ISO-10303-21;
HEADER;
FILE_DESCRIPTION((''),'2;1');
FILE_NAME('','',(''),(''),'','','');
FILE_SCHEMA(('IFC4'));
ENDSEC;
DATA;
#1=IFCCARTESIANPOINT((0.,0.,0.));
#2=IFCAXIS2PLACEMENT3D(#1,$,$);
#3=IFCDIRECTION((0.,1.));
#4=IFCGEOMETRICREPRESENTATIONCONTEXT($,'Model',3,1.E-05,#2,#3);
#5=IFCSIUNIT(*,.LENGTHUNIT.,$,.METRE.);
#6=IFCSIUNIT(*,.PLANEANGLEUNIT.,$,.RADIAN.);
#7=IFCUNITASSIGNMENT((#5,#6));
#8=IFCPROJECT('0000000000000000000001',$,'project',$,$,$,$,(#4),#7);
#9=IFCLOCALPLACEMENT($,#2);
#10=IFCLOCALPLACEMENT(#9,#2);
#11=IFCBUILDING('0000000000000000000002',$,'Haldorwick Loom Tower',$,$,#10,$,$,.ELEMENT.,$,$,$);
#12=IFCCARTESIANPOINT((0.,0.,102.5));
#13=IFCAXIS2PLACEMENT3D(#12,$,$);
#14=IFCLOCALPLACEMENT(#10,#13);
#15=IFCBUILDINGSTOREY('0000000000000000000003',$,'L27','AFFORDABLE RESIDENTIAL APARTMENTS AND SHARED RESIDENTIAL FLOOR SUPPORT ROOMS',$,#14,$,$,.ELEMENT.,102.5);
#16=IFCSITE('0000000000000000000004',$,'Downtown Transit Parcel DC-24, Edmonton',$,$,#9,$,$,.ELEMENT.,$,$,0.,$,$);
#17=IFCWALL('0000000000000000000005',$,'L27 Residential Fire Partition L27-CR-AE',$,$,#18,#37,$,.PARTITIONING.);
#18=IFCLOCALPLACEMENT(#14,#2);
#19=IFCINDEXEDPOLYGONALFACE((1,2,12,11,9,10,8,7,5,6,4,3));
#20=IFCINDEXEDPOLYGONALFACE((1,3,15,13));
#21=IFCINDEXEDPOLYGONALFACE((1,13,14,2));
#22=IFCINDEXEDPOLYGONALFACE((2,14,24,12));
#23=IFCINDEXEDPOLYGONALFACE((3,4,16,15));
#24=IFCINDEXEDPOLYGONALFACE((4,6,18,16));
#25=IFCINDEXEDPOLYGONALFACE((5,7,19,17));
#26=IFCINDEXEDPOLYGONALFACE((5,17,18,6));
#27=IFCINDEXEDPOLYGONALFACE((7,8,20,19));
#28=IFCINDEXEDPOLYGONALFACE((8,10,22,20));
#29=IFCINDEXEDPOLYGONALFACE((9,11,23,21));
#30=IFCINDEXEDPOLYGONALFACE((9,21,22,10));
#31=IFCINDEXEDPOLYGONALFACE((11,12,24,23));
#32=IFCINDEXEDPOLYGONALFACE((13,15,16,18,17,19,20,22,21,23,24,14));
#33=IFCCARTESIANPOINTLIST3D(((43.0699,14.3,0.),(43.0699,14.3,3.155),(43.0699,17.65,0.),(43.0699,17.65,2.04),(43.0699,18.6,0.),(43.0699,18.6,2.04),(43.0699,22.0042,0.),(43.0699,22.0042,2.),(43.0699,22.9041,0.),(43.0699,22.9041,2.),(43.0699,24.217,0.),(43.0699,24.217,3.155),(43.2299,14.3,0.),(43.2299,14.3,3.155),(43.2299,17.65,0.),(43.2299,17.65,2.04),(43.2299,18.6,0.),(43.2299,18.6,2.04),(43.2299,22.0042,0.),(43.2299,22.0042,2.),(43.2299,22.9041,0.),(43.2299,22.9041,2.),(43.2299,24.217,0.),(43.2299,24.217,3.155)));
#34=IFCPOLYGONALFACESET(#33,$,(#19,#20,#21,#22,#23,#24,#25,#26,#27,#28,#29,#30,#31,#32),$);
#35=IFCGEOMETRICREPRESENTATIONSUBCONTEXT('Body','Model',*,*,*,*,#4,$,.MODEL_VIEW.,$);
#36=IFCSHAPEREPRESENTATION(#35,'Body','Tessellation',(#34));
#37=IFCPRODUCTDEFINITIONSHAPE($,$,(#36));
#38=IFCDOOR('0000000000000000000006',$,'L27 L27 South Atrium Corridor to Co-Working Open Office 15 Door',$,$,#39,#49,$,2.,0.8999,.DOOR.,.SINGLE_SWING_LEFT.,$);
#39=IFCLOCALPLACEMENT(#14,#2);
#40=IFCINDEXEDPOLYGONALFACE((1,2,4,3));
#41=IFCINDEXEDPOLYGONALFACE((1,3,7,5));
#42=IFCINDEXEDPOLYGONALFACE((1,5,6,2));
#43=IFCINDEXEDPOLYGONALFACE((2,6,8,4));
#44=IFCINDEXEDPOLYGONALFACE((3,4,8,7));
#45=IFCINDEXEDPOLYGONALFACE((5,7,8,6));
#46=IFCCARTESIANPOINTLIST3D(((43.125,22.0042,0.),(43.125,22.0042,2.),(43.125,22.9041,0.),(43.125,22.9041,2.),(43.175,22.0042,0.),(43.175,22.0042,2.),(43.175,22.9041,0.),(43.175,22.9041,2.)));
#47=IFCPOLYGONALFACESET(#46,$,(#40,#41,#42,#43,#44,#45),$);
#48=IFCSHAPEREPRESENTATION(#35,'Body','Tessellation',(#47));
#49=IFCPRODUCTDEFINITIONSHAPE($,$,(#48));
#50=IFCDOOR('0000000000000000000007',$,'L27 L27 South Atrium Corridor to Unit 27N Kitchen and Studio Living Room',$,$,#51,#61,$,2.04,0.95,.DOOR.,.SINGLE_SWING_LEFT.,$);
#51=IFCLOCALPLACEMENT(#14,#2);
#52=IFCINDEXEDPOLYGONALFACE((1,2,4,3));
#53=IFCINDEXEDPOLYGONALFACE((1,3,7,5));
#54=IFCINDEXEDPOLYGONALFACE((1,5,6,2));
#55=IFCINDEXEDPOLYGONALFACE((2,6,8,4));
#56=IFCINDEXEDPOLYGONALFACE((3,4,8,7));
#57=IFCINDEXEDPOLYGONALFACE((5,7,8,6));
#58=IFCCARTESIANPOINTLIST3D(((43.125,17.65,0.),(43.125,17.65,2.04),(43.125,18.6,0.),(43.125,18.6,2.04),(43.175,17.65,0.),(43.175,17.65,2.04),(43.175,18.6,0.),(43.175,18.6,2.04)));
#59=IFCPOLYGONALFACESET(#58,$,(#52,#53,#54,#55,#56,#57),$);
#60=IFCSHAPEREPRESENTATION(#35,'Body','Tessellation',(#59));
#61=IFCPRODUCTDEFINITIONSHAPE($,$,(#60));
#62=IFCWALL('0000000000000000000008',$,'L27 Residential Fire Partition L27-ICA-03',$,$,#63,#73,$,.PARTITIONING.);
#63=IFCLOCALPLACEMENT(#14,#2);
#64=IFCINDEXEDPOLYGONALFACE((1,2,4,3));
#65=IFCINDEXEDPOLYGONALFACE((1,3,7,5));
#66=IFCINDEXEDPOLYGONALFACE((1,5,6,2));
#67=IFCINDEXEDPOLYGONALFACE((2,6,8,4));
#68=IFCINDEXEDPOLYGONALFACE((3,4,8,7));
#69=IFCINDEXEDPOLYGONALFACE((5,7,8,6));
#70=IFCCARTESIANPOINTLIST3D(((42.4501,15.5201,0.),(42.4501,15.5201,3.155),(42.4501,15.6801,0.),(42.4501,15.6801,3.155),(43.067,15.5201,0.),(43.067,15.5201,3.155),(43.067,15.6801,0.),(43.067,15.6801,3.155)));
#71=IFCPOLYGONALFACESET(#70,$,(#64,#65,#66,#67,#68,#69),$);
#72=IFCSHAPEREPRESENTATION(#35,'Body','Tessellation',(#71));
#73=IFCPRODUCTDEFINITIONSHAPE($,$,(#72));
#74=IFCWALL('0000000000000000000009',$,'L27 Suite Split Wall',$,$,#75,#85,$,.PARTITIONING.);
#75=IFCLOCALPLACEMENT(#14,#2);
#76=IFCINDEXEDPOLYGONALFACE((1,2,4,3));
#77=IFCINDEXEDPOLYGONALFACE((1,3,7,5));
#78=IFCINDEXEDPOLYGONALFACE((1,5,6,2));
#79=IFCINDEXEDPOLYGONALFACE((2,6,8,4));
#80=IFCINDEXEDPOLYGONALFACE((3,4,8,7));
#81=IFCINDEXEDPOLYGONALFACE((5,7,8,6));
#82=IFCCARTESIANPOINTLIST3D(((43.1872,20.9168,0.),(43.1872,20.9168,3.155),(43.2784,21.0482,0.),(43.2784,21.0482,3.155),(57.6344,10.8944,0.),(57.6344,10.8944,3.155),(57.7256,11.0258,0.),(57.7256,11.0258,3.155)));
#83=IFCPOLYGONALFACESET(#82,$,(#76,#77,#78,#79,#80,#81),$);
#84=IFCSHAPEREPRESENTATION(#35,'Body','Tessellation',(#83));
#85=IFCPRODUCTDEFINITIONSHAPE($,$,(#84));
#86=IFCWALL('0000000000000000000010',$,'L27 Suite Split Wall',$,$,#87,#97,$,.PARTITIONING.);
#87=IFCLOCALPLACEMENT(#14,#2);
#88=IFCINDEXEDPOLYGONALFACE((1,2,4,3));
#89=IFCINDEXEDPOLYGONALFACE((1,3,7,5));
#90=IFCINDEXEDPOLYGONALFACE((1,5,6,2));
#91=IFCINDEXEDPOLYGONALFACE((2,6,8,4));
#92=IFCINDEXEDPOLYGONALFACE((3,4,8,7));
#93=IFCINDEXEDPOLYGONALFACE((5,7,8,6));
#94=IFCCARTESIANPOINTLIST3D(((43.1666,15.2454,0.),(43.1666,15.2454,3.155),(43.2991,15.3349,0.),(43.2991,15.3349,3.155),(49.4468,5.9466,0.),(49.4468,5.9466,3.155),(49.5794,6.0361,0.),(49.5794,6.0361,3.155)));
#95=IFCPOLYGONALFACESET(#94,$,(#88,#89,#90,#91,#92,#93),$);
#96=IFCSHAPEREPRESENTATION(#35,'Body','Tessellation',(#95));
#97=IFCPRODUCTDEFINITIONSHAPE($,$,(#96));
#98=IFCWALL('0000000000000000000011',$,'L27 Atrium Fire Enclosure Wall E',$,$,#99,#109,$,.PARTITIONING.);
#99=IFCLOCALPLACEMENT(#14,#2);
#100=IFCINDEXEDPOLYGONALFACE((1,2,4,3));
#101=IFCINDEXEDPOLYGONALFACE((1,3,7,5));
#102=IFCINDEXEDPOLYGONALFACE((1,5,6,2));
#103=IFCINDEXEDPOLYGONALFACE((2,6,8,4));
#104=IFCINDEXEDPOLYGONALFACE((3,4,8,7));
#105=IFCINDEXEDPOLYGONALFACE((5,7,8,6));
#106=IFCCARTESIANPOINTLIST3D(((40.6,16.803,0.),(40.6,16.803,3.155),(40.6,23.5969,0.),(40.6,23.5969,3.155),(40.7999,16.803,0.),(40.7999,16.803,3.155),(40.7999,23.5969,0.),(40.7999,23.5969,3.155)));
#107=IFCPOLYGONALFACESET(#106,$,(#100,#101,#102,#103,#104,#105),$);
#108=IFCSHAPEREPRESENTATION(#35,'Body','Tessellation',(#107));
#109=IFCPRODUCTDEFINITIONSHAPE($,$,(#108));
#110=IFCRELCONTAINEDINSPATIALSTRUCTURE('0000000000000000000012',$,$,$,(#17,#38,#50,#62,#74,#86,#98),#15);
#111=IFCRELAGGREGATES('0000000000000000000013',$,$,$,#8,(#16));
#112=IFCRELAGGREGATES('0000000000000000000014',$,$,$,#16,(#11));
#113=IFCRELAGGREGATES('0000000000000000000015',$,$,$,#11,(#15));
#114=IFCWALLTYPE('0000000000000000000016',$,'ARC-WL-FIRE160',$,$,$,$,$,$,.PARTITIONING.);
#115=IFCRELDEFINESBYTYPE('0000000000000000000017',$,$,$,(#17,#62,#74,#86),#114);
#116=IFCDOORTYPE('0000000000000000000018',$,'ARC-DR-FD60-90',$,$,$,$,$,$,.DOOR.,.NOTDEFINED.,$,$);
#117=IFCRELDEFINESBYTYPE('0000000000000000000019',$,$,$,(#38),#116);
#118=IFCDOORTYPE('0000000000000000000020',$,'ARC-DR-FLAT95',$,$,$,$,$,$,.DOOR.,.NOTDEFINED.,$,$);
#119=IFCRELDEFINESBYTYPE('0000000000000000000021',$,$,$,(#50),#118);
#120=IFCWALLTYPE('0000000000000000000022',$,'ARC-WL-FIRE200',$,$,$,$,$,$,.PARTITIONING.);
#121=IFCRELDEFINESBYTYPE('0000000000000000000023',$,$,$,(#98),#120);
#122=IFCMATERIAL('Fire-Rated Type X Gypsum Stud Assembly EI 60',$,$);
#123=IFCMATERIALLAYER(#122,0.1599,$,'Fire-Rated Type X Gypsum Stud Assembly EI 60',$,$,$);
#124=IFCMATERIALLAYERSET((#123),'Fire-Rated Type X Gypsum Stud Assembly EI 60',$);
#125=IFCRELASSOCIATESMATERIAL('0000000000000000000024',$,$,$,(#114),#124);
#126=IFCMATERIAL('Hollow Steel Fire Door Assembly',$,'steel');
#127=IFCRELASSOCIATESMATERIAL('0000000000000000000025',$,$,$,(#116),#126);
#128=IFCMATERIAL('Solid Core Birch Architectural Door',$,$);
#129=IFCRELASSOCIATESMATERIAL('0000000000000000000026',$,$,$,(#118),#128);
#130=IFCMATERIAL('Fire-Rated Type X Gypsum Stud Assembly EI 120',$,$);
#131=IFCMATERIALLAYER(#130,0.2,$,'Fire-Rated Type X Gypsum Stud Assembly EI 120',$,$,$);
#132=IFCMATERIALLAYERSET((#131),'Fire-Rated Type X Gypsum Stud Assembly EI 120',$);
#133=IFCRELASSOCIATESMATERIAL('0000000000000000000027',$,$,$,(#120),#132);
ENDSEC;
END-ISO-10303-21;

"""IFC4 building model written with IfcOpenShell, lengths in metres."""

from ifc_helpers import new_model, si_unit, direction, frame, frame_2d, origin, place, context, subcontext, project, spatial, rectangle, extrude, material, layer, layer_set, type_object, element, fill, save


model = new_model("IFC4")

# Units and contexts
model_context = context("Model", 3, precision=1e-05, world=origin(), true_north=direction((0.0, 1.0)))
body_context = subcontext(model_context, "Body", "Model", "MODEL_VIEW")
ifc_project = project(units=[si_unit("LENGTHUNIT", "METRE"), si_unit("PLANEANGLEUNIT", "RADIAN")], contexts=[model_context])

# Site, building, storey
site_placement = place(None, origin())
site = spatial("IfcSite", under=ifc_project, at=site_placement, Name="Downtown Transit Parcel DC-24, Edmonton", CompositionType="ELEMENT", RefElevation=0.0)
building_placement = place(site_placement, origin())
building = spatial("IfcBuilding", under=site, at=building_placement, Name="Haldorwick Loom Tower", CompositionType="ELEMENT")
storey_placement = place(building_placement, frame((0.0, 0.0, 102.5)))
storey = spatial("IfcBuildingStorey", under=building, at=storey_placement, Name="L27", Description="AFFORDABLE RESIDENTIAL APARTMENTS AND SHARED RESIDENTIAL FLOOR SUPPORT ROOMS", CompositionType="ELEMENT", Elevation=102.5)

# Wall, openings, doors
ifc_material_1 = material(Name="Fire-Rated Type X Gypsum Stud Assembly EI 60")
ifc_layer_1 = layer(ifc_material_1, 0.1599, Name="Fire-Rated Type X Gypsum Stud Assembly EI 60")
ifc_layer_set_1 = layer_set([ifc_layer_1], Name="Fire-Rated Type X Gypsum Stud Assembly EI 60")
wall_type_1 = type_object("IfcWallType", Name="ARC-WL-FIRE160", PredefinedType="PARTITIONING", material=ifc_layer_set_1)
wall_1_placement = place(storey_placement, frame((43.1499, 14.3, 0.0), z_axis=(0.0, 0.0, 1.0), x_axis=(0.0, 1.0, 0.0)))
wall_1 = element("IfcWall", 1, at=wall_1_placement, inside=storey, type_object=wall_type_1, Name="L27 Residential Fire Partition L27-CR-AE", PredefinedType="PARTITIONING", context=body_context, shape_type="SweptSolid", body=[
    extrude(rectangle(XDim=9.917, YDim=0.1599, at=frame_2d((4.9585, 0.0))), origin(), (0.0, 0.0, 1.0), 3.155),
])
opening_1_placement = place(wall_1_placement, frame((3.3499, 0.0, 0.0)))
opening_1 = element("IfcOpeningElement", 2, at=opening_1_placement, cuts=wall_1, PredefinedType="OPENING", context=body_context, shape_type="SweptSolid", body=[
    extrude(rectangle(XDim=0.95, YDim=2.04, at=frame_2d((0.4751, 1.02))), frame((0.0, 0.0898, 0.0), z_axis=(0.0, -1.0, 0.0), x_axis=(1.0, 0.0, 0.0)), (0.0, 0.0, 1.0), 0.1799),
])
opening_2_placement = place(wall_1_placement, frame((7.7041, 0.0, 0.0)))
opening_2 = element("IfcOpeningElement", 3, at=opening_2_placement, cuts=wall_1, PredefinedType="OPENING", context=body_context, shape_type="SweptSolid", body=[
    extrude(rectangle(XDim=0.8999, YDim=2.0, at=frame_2d((0.45, 1.0))), frame((0.0, 0.0898, 0.0), z_axis=(0.0, -1.0, 0.0), x_axis=(1.0, 0.0, 0.0)), (0.0, 0.0, 1.0), 0.1799),
])
ifc_material_2 = material(Name="Hollow Steel Fire Door Assembly", Category="steel")
door_type_1 = type_object("IfcDoorType", Name="ARC-DR-FD60-90", OperationType="NOTDEFINED", PredefinedType="DOOR", material=ifc_material_2)
door_1_placement = place(opening_2_placement, origin())
door_1 = element("IfcDoor", 4, at=door_1_placement, inside=storey, type_object=door_type_1, Name="L27 L27 South Atrium Corridor to Co-Working Open Office 15 Door", OperationType="SINGLE_SWING_LEFT", OverallHeight=2.0, OverallWidth=0.8999, PredefinedType="DOOR", context=body_context, shape_type="SweptSolid", body=[
    extrude(rectangle(XDim=0.8999, YDim=2.0, at=frame_2d((0.45, 1.0))), frame((0.0, 0.0249, 0.0), z_axis=(0.0, -1.0, 0.0), x_axis=(1.0, 0.0, 0.0)), (0.0, 0.0, 1.0), 0.05),
])
fill(opening_2, door_1)
ifc_material_3 = material(Name="Solid Core Birch Architectural Door")
door_type_2 = type_object("IfcDoorType", Name="ARC-DR-FLAT95", OperationType="NOTDEFINED", PredefinedType="DOOR", material=ifc_material_3)
door_2_placement = place(opening_1_placement, origin())
door_2 = element("IfcDoor", 5, at=door_2_placement, inside=storey, type_object=door_type_2, Name="L27 L27 South Atrium Corridor to Unit 27N Kitchen and Studio Living Room", OperationType="SINGLE_SWING_LEFT", OverallHeight=2.04, OverallWidth=0.95, PredefinedType="DOOR", context=body_context, shape_type="SweptSolid", body=[
    extrude(rectangle(XDim=0.95, YDim=2.04, at=frame_2d((0.4751, 1.02))), frame((0.0, 0.0249, 0.0), z_axis=(0.0, -1.0, 0.0), x_axis=(1.0, 0.0, 0.0)), (0.0, 0.0, 1.0), 0.05),
])
fill(opening_1, door_2)

# Walls
wall_2_placement = place(storey_placement, frame((42.45, 15.6001, 0.0), z_axis=(0.0, 0.0, 1.0), x_axis=(1.0, 0.0, 0.0)))
element("IfcWall", 6, at=wall_2_placement, inside=storey, type_object=wall_type_1, Name="L27 Residential Fire Partition L27-ICA-03", PredefinedType="PARTITIONING", context=body_context, shape_type="SweptSolid", body=[
    extrude(rectangle(XDim=0.6169, YDim=0.1599, at=frame_2d((0.3086, 0.0))), origin(), (0.0, 0.0, 1.0), 3.155),
])
wall_3_placement = place(storey_placement, frame((43.2329, 20.9824, 0.0), z_axis=(0.0, 0.0, 1.0), x_axis=(0.821646, -0.569998, 0.0)))
element("IfcWall", 7, at=wall_3_placement, inside=storey, type_object=wall_type_1, Name="L27 Suite Split Wall", PredefinedType="PARTITIONING", context=body_context, shape_type="SweptSolid", body=[
    extrude(rectangle(XDim=17.5833, YDim=0.1599, at=frame_2d((8.7915, 0.0))), origin(), (0.0, 0.0, 1.0), 3.155),
])
wall_4_placement = place(storey_placement, frame((43.2329, 15.29, 0.0), z_axis=(0.0, 0.0, 1.0), x_axis=(0.559691, -0.828701, 0.0)))
element("IfcWall", 8, at=wall_4_placement, inside=storey, type_object=wall_type_1, Name="L27 Suite Split Wall", PredefinedType="PARTITIONING", context=body_context, shape_type="SweptSolid", body=[
    extrude(rectangle(XDim=11.2209, YDim=0.1599, at=frame_2d((5.6104, 0.0))), origin(), (0.0, 0.0, 1.0), 3.155),
])
ifc_material_4 = material(Name="Fire-Rated Type X Gypsum Stud Assembly EI 120")
ifc_layer_2 = layer(ifc_material_4, 0.2, Name="Fire-Rated Type X Gypsum Stud Assembly EI 120")
ifc_layer_set_2 = layer_set([ifc_layer_2], Name="Fire-Rated Type X Gypsum Stud Assembly EI 120")
wall_type_2 = type_object("IfcWallType", Name="ARC-WL-FIRE200", PredefinedType="PARTITIONING", material=ifc_layer_set_2)
wall_5_placement = place(storey_placement, frame((40.7, 23.5969, 0.0), z_axis=(0.0, 0.0, 1.0), x_axis=(0.0, -1.0, 0.0)))
element("IfcWall", 9, at=wall_5_placement, inside=storey, type_object=wall_type_2, Name="L27 Atrium Fire Enclosure Wall E", PredefinedType="PARTITIONING", context=body_context, shape_type="SweptSolid", body=[
    extrude(rectangle(XDim=6.7939, YDim=0.2, at=frame_2d((3.397, 0.0))), origin(), (0.0, 0.0, 1.0), 3.155),
])

save(model, "model.ifc")
